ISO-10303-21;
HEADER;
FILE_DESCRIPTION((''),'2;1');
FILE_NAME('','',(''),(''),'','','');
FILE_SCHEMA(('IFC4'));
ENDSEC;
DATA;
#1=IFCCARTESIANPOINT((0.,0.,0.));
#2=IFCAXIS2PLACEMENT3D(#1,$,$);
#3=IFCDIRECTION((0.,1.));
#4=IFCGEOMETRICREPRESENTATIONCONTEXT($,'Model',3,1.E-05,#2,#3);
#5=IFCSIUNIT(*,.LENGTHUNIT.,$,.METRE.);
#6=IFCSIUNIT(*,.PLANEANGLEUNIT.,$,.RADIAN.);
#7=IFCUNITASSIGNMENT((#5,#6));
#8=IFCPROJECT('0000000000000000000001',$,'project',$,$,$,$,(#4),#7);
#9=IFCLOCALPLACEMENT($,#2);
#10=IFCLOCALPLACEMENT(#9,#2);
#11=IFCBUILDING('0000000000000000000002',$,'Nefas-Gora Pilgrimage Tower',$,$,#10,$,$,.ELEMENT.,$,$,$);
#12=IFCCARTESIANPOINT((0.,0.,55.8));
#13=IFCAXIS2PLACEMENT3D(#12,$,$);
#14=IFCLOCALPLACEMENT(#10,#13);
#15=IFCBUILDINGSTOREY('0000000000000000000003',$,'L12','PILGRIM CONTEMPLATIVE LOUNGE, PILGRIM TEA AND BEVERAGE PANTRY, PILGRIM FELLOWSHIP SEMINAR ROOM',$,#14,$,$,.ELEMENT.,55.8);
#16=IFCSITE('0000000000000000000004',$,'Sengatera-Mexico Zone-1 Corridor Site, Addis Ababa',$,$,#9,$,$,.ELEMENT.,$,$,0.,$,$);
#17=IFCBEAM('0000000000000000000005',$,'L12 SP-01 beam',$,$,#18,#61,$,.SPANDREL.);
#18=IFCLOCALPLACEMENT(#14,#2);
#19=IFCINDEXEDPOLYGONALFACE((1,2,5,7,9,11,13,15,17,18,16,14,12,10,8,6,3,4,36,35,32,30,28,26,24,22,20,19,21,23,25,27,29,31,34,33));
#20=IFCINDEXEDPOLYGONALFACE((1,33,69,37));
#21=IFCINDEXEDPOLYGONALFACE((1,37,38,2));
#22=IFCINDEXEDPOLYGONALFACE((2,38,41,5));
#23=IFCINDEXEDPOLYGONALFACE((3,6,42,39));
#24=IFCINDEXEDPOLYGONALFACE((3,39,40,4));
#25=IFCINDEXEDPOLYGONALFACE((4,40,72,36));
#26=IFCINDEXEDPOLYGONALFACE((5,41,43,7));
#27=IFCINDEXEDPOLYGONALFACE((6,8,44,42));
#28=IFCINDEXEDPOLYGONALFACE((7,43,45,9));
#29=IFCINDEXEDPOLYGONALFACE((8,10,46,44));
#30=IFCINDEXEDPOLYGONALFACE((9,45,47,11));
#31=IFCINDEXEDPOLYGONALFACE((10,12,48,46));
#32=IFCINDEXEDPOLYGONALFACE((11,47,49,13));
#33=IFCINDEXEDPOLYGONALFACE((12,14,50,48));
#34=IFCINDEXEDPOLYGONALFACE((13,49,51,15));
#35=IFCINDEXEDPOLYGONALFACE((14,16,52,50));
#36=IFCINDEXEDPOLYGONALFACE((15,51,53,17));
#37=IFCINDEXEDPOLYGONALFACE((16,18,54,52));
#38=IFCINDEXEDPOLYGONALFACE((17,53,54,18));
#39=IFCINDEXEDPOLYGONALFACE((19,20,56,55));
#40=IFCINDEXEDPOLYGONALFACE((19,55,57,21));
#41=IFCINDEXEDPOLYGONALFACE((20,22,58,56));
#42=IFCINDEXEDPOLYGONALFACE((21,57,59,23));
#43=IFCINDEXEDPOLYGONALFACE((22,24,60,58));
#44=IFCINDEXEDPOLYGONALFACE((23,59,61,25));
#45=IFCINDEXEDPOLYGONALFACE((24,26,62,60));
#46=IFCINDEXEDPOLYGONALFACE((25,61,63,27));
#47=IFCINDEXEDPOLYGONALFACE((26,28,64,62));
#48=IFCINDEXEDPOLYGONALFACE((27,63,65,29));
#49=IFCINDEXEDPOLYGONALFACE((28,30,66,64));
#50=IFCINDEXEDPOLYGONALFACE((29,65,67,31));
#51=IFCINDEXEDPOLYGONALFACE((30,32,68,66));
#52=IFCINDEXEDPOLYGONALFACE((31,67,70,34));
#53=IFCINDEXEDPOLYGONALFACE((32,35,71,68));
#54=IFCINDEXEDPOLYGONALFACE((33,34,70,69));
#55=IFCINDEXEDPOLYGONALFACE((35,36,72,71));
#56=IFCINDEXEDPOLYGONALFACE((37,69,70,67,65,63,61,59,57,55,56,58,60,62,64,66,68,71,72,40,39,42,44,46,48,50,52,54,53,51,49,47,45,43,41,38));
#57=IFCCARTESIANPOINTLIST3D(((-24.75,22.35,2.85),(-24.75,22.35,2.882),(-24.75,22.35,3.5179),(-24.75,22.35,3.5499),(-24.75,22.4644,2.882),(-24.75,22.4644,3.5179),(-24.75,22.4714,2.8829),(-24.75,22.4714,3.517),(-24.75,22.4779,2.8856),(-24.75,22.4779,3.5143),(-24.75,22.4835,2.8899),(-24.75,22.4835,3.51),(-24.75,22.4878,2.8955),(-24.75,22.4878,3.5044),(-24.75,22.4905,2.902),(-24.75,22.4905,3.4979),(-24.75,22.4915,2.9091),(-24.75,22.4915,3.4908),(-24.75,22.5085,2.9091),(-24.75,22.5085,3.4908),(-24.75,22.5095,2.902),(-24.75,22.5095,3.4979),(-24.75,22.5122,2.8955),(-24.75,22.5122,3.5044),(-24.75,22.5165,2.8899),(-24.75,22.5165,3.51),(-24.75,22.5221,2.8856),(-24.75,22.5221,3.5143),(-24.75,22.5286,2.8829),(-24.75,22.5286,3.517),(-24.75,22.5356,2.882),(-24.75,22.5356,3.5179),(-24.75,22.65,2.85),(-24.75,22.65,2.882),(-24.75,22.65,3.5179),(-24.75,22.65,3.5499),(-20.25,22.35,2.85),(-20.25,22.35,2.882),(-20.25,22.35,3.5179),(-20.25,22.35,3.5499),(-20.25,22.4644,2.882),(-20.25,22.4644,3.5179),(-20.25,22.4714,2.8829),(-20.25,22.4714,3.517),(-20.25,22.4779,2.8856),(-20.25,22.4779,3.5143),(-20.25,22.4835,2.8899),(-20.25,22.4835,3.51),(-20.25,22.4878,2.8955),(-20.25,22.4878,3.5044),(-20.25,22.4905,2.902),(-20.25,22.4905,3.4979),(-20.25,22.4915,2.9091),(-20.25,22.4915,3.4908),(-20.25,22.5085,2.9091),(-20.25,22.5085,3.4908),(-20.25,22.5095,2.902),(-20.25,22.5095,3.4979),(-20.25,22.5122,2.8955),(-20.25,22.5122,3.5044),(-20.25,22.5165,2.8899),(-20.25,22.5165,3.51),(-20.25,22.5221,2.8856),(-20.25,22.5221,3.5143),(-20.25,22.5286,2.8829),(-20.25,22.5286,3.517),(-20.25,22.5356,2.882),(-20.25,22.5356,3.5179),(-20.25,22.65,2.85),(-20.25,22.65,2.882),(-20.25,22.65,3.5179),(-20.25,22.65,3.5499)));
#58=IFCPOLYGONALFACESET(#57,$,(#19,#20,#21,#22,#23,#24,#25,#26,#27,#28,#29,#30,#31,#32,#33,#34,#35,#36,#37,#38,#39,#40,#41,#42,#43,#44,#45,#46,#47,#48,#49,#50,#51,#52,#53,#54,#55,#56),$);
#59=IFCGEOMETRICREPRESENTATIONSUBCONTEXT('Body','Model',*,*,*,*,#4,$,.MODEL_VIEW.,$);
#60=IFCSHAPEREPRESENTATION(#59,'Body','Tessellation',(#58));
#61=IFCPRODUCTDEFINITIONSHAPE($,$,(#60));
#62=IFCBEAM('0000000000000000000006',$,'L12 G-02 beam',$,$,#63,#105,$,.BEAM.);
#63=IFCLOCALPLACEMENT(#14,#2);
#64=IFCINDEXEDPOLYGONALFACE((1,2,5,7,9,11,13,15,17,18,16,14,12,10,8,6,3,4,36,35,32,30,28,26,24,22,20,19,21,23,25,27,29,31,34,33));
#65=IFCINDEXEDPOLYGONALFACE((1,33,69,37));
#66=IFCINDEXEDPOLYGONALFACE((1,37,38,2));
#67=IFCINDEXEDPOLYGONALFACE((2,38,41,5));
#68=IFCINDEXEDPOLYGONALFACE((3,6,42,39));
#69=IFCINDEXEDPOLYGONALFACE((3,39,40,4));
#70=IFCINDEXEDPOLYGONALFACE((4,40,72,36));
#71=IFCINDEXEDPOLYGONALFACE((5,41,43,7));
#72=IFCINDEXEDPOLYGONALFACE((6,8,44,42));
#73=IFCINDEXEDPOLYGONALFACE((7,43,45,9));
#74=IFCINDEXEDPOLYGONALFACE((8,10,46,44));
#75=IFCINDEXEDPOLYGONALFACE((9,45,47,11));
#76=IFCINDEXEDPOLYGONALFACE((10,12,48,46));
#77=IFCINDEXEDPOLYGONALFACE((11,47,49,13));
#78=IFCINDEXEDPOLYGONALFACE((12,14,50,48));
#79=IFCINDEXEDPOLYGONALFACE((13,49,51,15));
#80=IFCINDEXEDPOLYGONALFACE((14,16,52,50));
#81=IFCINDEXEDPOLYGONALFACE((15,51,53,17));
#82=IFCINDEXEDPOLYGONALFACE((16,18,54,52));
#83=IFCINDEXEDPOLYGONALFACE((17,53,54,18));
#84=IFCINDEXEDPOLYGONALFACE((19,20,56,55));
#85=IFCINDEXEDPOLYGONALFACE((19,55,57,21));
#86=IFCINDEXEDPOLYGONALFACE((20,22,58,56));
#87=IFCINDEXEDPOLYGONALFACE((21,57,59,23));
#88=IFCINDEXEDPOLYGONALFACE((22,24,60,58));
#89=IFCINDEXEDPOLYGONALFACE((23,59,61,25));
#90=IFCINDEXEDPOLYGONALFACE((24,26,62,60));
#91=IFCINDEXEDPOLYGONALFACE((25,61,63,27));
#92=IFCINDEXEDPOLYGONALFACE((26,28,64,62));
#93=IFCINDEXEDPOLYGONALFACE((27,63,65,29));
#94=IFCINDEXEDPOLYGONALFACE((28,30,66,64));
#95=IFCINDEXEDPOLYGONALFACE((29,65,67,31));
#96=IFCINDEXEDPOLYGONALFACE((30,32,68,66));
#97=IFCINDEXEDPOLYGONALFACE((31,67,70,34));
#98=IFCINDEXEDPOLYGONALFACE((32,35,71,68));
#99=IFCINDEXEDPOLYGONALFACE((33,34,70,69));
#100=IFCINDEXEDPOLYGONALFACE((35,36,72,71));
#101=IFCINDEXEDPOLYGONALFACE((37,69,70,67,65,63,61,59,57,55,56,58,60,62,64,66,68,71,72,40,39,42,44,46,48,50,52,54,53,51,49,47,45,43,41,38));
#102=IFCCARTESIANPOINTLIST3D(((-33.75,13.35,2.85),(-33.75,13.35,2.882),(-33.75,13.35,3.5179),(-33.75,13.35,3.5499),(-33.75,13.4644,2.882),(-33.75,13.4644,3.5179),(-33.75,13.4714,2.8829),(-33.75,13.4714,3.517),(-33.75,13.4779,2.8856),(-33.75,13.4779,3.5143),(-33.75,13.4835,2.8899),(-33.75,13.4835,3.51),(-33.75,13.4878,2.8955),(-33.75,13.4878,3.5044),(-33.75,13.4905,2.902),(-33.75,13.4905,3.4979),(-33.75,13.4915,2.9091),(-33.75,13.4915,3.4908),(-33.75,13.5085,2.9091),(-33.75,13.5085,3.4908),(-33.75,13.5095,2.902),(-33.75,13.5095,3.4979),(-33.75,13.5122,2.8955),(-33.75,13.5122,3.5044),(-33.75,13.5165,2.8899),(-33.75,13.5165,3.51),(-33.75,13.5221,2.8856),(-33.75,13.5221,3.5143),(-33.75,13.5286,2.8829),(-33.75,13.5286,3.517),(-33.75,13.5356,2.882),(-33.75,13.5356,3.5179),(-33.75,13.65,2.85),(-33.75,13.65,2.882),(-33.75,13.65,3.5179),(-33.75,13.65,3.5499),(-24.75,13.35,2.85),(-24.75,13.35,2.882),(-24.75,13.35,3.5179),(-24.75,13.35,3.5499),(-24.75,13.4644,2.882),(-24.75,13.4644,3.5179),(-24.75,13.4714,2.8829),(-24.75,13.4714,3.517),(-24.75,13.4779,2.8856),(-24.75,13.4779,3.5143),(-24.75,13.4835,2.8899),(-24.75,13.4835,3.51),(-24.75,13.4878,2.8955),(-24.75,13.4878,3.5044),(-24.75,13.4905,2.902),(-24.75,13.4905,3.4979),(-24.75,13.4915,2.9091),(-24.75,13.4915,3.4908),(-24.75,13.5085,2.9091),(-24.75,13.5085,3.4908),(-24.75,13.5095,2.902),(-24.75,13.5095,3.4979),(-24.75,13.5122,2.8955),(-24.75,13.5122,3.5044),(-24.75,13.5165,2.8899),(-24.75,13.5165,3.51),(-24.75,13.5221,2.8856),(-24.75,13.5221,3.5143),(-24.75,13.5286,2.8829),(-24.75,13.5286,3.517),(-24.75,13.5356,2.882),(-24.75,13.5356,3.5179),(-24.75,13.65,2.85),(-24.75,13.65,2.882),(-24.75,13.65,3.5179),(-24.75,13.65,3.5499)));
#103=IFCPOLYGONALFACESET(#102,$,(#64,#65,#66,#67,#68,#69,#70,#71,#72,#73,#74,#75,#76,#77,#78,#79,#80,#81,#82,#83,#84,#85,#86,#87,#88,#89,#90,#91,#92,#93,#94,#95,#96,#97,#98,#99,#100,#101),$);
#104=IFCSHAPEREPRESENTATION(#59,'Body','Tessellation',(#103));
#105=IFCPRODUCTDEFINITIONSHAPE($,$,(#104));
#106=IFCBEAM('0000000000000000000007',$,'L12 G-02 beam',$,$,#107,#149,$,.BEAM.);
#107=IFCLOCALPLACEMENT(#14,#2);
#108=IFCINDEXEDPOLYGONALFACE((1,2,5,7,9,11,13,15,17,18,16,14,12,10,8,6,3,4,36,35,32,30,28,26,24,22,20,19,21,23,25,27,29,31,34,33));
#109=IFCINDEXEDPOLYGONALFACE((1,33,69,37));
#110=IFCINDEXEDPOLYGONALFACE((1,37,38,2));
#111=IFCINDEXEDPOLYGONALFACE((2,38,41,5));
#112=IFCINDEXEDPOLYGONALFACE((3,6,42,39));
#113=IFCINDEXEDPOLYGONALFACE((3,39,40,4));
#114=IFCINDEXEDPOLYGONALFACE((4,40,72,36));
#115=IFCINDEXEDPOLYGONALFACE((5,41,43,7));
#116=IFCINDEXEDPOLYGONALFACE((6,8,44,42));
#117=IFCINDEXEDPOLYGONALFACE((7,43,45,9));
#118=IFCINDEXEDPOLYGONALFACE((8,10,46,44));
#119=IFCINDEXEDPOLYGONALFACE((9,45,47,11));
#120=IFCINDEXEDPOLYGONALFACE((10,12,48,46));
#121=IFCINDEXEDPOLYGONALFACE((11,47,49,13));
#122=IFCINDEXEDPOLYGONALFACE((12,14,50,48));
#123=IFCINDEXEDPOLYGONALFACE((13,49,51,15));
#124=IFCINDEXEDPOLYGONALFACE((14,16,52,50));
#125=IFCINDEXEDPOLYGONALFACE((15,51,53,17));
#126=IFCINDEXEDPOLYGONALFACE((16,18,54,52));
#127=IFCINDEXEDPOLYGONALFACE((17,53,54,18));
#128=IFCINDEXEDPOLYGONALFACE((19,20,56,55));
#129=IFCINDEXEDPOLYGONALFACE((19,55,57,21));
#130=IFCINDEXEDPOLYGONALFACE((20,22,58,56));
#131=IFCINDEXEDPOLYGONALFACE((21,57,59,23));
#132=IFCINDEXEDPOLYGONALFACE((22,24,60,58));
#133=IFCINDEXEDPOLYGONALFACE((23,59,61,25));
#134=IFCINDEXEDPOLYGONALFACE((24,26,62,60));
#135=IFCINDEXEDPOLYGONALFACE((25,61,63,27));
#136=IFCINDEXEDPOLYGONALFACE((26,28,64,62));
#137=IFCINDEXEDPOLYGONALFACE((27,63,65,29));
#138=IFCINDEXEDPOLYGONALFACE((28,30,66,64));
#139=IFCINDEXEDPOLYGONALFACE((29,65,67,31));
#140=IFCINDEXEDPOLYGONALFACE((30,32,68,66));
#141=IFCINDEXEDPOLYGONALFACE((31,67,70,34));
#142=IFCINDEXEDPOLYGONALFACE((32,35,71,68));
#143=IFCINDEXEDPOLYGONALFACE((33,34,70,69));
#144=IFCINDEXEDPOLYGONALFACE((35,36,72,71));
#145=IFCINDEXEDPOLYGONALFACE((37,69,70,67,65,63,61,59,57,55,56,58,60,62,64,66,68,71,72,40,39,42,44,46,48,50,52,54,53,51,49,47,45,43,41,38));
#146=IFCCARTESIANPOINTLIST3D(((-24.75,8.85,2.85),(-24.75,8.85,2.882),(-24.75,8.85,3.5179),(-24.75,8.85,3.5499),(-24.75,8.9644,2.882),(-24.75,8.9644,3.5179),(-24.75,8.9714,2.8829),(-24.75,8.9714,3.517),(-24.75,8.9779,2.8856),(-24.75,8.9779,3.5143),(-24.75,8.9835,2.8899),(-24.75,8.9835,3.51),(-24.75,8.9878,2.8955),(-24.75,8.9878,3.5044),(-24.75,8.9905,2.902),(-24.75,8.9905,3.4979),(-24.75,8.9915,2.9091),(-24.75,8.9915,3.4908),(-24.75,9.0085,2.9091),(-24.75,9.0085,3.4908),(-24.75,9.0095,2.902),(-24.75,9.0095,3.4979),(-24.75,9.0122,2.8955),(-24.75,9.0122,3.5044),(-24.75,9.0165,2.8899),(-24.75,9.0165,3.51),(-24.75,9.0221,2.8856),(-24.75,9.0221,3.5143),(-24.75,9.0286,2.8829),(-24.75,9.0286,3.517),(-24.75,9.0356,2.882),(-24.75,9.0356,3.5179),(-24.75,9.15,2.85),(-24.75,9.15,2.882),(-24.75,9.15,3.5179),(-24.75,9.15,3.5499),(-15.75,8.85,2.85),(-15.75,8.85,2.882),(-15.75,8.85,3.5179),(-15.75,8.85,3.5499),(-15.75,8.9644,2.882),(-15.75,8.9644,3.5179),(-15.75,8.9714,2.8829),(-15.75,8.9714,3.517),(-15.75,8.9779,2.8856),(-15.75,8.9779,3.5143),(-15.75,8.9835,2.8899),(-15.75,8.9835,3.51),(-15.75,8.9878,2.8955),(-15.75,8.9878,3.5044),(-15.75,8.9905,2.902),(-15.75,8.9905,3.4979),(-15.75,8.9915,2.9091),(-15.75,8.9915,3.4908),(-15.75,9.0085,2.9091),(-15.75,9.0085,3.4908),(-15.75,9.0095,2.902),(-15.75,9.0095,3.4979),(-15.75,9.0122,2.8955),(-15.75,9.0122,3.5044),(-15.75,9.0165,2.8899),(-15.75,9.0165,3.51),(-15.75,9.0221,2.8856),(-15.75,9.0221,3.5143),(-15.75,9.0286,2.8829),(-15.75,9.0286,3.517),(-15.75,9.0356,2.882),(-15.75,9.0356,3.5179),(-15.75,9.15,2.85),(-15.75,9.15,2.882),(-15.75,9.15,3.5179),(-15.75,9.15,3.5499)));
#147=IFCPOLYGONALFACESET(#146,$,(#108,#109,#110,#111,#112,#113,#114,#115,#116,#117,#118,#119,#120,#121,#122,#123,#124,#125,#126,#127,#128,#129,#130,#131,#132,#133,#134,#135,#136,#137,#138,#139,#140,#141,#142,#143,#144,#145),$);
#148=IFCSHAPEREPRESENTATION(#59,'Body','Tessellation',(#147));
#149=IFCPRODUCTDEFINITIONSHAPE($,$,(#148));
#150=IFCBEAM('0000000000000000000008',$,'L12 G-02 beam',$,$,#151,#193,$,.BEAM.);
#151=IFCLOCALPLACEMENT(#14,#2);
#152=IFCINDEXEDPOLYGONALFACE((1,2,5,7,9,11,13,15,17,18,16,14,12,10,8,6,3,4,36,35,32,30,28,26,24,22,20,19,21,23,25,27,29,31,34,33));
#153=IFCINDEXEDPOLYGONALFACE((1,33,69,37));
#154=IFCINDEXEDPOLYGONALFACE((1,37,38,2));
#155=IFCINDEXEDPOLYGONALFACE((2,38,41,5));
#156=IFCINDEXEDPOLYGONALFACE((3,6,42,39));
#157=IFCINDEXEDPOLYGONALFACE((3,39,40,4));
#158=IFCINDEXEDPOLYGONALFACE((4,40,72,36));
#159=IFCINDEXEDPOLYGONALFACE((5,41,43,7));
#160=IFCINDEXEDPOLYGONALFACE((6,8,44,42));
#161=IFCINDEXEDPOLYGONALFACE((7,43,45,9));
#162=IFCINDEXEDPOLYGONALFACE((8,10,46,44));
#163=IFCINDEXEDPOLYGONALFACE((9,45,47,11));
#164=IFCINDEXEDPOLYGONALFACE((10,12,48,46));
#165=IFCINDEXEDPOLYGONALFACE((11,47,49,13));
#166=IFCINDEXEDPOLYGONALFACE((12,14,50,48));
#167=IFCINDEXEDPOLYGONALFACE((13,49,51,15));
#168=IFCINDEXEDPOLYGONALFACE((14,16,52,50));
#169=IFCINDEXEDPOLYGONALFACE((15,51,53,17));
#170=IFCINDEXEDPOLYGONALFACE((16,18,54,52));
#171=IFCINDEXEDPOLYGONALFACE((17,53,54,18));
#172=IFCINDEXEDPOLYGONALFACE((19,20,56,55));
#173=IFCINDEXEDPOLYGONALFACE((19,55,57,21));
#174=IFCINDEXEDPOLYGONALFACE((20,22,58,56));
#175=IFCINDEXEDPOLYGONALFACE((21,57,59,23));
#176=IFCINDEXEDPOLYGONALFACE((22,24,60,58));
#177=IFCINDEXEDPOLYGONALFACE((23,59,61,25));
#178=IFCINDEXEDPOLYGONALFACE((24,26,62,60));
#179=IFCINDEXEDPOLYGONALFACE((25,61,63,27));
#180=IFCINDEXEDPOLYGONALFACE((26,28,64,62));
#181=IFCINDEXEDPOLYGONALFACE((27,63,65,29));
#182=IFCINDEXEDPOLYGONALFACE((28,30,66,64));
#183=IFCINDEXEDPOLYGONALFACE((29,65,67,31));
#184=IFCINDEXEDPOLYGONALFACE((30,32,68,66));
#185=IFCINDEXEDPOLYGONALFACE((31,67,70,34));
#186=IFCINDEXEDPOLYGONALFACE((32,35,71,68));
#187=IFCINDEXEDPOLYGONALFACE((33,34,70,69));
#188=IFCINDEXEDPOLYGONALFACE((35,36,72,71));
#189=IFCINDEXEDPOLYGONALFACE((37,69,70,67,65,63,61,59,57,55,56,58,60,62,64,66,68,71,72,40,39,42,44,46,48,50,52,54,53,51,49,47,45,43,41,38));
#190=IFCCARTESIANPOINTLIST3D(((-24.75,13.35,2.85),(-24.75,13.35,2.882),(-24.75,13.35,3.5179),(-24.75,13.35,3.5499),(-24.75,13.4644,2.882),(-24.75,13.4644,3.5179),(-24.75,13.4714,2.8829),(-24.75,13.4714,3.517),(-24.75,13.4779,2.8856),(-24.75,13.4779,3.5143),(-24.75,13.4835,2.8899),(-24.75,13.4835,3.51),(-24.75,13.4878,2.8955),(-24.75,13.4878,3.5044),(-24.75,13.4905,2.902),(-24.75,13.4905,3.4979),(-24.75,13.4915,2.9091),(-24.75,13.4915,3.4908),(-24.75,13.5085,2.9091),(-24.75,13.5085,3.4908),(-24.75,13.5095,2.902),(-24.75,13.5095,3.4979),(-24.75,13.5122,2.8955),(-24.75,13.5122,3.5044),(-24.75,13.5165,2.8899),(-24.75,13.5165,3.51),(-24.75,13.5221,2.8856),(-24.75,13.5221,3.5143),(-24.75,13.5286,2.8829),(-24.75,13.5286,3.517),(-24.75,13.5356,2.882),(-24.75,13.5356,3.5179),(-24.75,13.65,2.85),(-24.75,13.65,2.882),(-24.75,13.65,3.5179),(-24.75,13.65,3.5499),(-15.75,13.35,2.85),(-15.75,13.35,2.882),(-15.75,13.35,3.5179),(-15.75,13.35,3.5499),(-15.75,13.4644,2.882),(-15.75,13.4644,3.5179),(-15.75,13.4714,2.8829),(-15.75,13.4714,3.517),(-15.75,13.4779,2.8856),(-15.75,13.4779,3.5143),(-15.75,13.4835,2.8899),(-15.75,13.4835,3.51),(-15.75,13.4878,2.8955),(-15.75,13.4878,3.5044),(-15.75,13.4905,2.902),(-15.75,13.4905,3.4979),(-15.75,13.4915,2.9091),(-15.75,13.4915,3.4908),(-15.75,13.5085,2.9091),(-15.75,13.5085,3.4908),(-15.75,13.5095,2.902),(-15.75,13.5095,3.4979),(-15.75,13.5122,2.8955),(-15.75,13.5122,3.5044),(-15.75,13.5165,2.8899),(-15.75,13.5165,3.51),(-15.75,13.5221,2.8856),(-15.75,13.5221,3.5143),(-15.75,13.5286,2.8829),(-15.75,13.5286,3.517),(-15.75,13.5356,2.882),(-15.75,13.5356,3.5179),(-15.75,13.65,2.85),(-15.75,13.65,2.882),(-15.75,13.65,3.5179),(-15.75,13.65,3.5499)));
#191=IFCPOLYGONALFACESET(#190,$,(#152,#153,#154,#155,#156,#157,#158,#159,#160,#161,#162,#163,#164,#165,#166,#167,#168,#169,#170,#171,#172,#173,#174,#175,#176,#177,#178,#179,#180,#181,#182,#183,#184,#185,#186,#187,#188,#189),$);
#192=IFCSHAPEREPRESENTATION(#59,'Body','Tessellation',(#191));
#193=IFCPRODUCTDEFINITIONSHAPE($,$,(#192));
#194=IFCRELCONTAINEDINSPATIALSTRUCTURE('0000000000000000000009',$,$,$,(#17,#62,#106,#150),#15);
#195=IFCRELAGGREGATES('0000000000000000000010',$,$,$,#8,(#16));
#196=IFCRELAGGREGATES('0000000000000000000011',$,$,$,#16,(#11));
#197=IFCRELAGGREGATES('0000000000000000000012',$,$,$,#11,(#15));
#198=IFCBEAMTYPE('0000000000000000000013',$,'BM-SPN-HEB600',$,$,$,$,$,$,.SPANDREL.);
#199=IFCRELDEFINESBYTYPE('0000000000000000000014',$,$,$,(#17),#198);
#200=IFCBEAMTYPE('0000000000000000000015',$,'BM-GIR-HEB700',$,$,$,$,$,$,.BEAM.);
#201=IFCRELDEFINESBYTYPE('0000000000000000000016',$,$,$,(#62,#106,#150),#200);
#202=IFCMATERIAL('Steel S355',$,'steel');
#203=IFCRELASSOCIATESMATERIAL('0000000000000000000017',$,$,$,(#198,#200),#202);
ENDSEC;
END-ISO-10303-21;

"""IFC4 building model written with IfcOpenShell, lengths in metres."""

from ifc_helpers import new_model, si_unit, direction, frame, origin, origin_2d, place, context, subcontext, project, spatial, i_section, extrude, source, transform, mapped, material, material_profile, profile_set, type_object, element, save


model = new_model("IFC4")

# Units and contexts
model_context = context("Model", 3, precision=1e-05, world=origin(), true_north=direction((0.0, 1.0)))
body_context = subcontext(model_context, "Body", "Model", "MODEL_VIEW")
ifc_project = project(units=[si_unit("LENGTHUNIT", "METRE"), si_unit("PLANEANGLEUNIT", "RADIAN")], contexts=[model_context])

# Site, building, storey
site_placement = place(None, origin())
site = spatial("IfcSite", under=ifc_project, at=site_placement, Name="Sengatera-Mexico Zone-1 Corridor Site, Addis Ababa", CompositionType="ELEMENT", RefElevation=0.0)
building_placement = place(site_placement, origin())
building = spatial("IfcBuilding", under=site, at=building_placement, Name="Nefas-Gora Pilgrimage Tower", CompositionType="ELEMENT")
storey_placement = place(building_placement, frame((0.0, 0.0, 55.8)))
storey = spatial("IfcBuildingStorey", under=building, at=storey_placement, Name="L12", Description="PILGRIM CONTEMPLATIVE LOUNGE, PILGRIM TEA AND BEVERAGE PANTRY, PILGRIM FELLOWSHIP SEMINAR ROOM", CompositionType="ELEMENT", Elevation=55.8)

# Beams
ifc_material_1 = material(Name="Steel S355", Category="steel")
ifc_material_profile_1 = material_profile(ifc_material_1, i_section(OverallWidth=0.3, OverallDepth=0.7, WebThickness=0.0171, FlangeThickness=0.032, FilletRadius=0.0271, at=origin_2d()), Name="HEB 700")
ifc_profile_set_1 = profile_set([ifc_material_profile_1], Name="Steel S355")
beam_type_1 = type_object("IfcBeamType", Name="BM-SPN-HEB600", PredefinedType="SPANDREL", material=ifc_profile_set_1)
shared_shape_1 = source(origin(), body_context, "Body", "SweptSolid", [
    extrude(i_section(OverallWidth=0.3, OverallDepth=0.7, WebThickness=0.0171, FlangeThickness=0.032, FilletRadius=0.0271, at=origin_2d()), origin(), (0.0, 0.0, 1.0), 4.5),
])
beam_placement = place(storey_placement, frame((-24.75, 22.5, 3.2), z_axis=(1.0, 0.0, 0.0), x_axis=(0.0, 1.0, 0.0)))
element("IfcBeam", 1, at=beam_placement, inside=storey, type_object=beam_type_1, Name="L12 SP-01 beam", PredefinedType="SPANDREL", context=body_context, shape_type="MappedRepresentation", body=[
    mapped(shared_shape_1, transform((0.0, 0.0, 0.0), x_axis=(1.0, 0.0, 0.0), y_axis=(0.0, 1.0, 0.0), z_axis=(0.0, 0.0, 1.0), scale=1.0)),
])
ifc_material_profile_2 = material_profile(ifc_material_1, i_section(OverallWidth=0.3, OverallDepth=0.7, WebThickness=0.0171, FlangeThickness=0.032, FilletRadius=0.0271, at=origin_2d()), Name="HEB 700")
ifc_profile_set_2 = profile_set([ifc_material_profile_2], Name="Steel S355")
beam_type_2 = type_object("IfcBeamType", Name="BM-GIR-HEB700", PredefinedType="BEAM", material=ifc_profile_set_2)
shared_shape_2 = source(origin(), body_context, "Body", "SweptSolid", [
    extrude(i_section(OverallWidth=0.3, OverallDepth=0.7, WebThickness=0.0171, FlangeThickness=0.032, FilletRadius=0.0271, at=origin_2d()), origin(), (0.0, 0.0, 1.0), 9.0),
])
for number, where, z_axis, x_axis, name in (
    (2, (-33.75, 13.5, 3.2), (1.0, 0.0, 0.0), (0.0, 1.0, 0.0), "L12 G-02 beam"),
    (3, (-24.75, 9.0, 3.2), (1.0, 0.0, 0.0), (0.0, 1.0, 0.0), "L12 G-02 beam"),
    (4, (-24.75, 13.5, 3.2), (1.0, 0.0, 0.0), (0.0, 1.0, 0.0), "L12 G-02 beam"),
):
    element("IfcBeam", number, at=place(storey_placement, frame(where, z_axis=z_axis, x_axis=x_axis)), inside=storey, type_object=beam_type_2, Name=name, PredefinedType="BEAM", context=body_context, shape_type="MappedRepresentation", body=[
        mapped(shared_shape_2, transform((0.0, 0.0, 0.0), x_axis=(1.0, 0.0, 0.0), y_axis=(0.0, 1.0, 0.0), z_axis=(0.0, 0.0, 1.0), scale=1.0)),
    ])

save(model, "model.ifc")
